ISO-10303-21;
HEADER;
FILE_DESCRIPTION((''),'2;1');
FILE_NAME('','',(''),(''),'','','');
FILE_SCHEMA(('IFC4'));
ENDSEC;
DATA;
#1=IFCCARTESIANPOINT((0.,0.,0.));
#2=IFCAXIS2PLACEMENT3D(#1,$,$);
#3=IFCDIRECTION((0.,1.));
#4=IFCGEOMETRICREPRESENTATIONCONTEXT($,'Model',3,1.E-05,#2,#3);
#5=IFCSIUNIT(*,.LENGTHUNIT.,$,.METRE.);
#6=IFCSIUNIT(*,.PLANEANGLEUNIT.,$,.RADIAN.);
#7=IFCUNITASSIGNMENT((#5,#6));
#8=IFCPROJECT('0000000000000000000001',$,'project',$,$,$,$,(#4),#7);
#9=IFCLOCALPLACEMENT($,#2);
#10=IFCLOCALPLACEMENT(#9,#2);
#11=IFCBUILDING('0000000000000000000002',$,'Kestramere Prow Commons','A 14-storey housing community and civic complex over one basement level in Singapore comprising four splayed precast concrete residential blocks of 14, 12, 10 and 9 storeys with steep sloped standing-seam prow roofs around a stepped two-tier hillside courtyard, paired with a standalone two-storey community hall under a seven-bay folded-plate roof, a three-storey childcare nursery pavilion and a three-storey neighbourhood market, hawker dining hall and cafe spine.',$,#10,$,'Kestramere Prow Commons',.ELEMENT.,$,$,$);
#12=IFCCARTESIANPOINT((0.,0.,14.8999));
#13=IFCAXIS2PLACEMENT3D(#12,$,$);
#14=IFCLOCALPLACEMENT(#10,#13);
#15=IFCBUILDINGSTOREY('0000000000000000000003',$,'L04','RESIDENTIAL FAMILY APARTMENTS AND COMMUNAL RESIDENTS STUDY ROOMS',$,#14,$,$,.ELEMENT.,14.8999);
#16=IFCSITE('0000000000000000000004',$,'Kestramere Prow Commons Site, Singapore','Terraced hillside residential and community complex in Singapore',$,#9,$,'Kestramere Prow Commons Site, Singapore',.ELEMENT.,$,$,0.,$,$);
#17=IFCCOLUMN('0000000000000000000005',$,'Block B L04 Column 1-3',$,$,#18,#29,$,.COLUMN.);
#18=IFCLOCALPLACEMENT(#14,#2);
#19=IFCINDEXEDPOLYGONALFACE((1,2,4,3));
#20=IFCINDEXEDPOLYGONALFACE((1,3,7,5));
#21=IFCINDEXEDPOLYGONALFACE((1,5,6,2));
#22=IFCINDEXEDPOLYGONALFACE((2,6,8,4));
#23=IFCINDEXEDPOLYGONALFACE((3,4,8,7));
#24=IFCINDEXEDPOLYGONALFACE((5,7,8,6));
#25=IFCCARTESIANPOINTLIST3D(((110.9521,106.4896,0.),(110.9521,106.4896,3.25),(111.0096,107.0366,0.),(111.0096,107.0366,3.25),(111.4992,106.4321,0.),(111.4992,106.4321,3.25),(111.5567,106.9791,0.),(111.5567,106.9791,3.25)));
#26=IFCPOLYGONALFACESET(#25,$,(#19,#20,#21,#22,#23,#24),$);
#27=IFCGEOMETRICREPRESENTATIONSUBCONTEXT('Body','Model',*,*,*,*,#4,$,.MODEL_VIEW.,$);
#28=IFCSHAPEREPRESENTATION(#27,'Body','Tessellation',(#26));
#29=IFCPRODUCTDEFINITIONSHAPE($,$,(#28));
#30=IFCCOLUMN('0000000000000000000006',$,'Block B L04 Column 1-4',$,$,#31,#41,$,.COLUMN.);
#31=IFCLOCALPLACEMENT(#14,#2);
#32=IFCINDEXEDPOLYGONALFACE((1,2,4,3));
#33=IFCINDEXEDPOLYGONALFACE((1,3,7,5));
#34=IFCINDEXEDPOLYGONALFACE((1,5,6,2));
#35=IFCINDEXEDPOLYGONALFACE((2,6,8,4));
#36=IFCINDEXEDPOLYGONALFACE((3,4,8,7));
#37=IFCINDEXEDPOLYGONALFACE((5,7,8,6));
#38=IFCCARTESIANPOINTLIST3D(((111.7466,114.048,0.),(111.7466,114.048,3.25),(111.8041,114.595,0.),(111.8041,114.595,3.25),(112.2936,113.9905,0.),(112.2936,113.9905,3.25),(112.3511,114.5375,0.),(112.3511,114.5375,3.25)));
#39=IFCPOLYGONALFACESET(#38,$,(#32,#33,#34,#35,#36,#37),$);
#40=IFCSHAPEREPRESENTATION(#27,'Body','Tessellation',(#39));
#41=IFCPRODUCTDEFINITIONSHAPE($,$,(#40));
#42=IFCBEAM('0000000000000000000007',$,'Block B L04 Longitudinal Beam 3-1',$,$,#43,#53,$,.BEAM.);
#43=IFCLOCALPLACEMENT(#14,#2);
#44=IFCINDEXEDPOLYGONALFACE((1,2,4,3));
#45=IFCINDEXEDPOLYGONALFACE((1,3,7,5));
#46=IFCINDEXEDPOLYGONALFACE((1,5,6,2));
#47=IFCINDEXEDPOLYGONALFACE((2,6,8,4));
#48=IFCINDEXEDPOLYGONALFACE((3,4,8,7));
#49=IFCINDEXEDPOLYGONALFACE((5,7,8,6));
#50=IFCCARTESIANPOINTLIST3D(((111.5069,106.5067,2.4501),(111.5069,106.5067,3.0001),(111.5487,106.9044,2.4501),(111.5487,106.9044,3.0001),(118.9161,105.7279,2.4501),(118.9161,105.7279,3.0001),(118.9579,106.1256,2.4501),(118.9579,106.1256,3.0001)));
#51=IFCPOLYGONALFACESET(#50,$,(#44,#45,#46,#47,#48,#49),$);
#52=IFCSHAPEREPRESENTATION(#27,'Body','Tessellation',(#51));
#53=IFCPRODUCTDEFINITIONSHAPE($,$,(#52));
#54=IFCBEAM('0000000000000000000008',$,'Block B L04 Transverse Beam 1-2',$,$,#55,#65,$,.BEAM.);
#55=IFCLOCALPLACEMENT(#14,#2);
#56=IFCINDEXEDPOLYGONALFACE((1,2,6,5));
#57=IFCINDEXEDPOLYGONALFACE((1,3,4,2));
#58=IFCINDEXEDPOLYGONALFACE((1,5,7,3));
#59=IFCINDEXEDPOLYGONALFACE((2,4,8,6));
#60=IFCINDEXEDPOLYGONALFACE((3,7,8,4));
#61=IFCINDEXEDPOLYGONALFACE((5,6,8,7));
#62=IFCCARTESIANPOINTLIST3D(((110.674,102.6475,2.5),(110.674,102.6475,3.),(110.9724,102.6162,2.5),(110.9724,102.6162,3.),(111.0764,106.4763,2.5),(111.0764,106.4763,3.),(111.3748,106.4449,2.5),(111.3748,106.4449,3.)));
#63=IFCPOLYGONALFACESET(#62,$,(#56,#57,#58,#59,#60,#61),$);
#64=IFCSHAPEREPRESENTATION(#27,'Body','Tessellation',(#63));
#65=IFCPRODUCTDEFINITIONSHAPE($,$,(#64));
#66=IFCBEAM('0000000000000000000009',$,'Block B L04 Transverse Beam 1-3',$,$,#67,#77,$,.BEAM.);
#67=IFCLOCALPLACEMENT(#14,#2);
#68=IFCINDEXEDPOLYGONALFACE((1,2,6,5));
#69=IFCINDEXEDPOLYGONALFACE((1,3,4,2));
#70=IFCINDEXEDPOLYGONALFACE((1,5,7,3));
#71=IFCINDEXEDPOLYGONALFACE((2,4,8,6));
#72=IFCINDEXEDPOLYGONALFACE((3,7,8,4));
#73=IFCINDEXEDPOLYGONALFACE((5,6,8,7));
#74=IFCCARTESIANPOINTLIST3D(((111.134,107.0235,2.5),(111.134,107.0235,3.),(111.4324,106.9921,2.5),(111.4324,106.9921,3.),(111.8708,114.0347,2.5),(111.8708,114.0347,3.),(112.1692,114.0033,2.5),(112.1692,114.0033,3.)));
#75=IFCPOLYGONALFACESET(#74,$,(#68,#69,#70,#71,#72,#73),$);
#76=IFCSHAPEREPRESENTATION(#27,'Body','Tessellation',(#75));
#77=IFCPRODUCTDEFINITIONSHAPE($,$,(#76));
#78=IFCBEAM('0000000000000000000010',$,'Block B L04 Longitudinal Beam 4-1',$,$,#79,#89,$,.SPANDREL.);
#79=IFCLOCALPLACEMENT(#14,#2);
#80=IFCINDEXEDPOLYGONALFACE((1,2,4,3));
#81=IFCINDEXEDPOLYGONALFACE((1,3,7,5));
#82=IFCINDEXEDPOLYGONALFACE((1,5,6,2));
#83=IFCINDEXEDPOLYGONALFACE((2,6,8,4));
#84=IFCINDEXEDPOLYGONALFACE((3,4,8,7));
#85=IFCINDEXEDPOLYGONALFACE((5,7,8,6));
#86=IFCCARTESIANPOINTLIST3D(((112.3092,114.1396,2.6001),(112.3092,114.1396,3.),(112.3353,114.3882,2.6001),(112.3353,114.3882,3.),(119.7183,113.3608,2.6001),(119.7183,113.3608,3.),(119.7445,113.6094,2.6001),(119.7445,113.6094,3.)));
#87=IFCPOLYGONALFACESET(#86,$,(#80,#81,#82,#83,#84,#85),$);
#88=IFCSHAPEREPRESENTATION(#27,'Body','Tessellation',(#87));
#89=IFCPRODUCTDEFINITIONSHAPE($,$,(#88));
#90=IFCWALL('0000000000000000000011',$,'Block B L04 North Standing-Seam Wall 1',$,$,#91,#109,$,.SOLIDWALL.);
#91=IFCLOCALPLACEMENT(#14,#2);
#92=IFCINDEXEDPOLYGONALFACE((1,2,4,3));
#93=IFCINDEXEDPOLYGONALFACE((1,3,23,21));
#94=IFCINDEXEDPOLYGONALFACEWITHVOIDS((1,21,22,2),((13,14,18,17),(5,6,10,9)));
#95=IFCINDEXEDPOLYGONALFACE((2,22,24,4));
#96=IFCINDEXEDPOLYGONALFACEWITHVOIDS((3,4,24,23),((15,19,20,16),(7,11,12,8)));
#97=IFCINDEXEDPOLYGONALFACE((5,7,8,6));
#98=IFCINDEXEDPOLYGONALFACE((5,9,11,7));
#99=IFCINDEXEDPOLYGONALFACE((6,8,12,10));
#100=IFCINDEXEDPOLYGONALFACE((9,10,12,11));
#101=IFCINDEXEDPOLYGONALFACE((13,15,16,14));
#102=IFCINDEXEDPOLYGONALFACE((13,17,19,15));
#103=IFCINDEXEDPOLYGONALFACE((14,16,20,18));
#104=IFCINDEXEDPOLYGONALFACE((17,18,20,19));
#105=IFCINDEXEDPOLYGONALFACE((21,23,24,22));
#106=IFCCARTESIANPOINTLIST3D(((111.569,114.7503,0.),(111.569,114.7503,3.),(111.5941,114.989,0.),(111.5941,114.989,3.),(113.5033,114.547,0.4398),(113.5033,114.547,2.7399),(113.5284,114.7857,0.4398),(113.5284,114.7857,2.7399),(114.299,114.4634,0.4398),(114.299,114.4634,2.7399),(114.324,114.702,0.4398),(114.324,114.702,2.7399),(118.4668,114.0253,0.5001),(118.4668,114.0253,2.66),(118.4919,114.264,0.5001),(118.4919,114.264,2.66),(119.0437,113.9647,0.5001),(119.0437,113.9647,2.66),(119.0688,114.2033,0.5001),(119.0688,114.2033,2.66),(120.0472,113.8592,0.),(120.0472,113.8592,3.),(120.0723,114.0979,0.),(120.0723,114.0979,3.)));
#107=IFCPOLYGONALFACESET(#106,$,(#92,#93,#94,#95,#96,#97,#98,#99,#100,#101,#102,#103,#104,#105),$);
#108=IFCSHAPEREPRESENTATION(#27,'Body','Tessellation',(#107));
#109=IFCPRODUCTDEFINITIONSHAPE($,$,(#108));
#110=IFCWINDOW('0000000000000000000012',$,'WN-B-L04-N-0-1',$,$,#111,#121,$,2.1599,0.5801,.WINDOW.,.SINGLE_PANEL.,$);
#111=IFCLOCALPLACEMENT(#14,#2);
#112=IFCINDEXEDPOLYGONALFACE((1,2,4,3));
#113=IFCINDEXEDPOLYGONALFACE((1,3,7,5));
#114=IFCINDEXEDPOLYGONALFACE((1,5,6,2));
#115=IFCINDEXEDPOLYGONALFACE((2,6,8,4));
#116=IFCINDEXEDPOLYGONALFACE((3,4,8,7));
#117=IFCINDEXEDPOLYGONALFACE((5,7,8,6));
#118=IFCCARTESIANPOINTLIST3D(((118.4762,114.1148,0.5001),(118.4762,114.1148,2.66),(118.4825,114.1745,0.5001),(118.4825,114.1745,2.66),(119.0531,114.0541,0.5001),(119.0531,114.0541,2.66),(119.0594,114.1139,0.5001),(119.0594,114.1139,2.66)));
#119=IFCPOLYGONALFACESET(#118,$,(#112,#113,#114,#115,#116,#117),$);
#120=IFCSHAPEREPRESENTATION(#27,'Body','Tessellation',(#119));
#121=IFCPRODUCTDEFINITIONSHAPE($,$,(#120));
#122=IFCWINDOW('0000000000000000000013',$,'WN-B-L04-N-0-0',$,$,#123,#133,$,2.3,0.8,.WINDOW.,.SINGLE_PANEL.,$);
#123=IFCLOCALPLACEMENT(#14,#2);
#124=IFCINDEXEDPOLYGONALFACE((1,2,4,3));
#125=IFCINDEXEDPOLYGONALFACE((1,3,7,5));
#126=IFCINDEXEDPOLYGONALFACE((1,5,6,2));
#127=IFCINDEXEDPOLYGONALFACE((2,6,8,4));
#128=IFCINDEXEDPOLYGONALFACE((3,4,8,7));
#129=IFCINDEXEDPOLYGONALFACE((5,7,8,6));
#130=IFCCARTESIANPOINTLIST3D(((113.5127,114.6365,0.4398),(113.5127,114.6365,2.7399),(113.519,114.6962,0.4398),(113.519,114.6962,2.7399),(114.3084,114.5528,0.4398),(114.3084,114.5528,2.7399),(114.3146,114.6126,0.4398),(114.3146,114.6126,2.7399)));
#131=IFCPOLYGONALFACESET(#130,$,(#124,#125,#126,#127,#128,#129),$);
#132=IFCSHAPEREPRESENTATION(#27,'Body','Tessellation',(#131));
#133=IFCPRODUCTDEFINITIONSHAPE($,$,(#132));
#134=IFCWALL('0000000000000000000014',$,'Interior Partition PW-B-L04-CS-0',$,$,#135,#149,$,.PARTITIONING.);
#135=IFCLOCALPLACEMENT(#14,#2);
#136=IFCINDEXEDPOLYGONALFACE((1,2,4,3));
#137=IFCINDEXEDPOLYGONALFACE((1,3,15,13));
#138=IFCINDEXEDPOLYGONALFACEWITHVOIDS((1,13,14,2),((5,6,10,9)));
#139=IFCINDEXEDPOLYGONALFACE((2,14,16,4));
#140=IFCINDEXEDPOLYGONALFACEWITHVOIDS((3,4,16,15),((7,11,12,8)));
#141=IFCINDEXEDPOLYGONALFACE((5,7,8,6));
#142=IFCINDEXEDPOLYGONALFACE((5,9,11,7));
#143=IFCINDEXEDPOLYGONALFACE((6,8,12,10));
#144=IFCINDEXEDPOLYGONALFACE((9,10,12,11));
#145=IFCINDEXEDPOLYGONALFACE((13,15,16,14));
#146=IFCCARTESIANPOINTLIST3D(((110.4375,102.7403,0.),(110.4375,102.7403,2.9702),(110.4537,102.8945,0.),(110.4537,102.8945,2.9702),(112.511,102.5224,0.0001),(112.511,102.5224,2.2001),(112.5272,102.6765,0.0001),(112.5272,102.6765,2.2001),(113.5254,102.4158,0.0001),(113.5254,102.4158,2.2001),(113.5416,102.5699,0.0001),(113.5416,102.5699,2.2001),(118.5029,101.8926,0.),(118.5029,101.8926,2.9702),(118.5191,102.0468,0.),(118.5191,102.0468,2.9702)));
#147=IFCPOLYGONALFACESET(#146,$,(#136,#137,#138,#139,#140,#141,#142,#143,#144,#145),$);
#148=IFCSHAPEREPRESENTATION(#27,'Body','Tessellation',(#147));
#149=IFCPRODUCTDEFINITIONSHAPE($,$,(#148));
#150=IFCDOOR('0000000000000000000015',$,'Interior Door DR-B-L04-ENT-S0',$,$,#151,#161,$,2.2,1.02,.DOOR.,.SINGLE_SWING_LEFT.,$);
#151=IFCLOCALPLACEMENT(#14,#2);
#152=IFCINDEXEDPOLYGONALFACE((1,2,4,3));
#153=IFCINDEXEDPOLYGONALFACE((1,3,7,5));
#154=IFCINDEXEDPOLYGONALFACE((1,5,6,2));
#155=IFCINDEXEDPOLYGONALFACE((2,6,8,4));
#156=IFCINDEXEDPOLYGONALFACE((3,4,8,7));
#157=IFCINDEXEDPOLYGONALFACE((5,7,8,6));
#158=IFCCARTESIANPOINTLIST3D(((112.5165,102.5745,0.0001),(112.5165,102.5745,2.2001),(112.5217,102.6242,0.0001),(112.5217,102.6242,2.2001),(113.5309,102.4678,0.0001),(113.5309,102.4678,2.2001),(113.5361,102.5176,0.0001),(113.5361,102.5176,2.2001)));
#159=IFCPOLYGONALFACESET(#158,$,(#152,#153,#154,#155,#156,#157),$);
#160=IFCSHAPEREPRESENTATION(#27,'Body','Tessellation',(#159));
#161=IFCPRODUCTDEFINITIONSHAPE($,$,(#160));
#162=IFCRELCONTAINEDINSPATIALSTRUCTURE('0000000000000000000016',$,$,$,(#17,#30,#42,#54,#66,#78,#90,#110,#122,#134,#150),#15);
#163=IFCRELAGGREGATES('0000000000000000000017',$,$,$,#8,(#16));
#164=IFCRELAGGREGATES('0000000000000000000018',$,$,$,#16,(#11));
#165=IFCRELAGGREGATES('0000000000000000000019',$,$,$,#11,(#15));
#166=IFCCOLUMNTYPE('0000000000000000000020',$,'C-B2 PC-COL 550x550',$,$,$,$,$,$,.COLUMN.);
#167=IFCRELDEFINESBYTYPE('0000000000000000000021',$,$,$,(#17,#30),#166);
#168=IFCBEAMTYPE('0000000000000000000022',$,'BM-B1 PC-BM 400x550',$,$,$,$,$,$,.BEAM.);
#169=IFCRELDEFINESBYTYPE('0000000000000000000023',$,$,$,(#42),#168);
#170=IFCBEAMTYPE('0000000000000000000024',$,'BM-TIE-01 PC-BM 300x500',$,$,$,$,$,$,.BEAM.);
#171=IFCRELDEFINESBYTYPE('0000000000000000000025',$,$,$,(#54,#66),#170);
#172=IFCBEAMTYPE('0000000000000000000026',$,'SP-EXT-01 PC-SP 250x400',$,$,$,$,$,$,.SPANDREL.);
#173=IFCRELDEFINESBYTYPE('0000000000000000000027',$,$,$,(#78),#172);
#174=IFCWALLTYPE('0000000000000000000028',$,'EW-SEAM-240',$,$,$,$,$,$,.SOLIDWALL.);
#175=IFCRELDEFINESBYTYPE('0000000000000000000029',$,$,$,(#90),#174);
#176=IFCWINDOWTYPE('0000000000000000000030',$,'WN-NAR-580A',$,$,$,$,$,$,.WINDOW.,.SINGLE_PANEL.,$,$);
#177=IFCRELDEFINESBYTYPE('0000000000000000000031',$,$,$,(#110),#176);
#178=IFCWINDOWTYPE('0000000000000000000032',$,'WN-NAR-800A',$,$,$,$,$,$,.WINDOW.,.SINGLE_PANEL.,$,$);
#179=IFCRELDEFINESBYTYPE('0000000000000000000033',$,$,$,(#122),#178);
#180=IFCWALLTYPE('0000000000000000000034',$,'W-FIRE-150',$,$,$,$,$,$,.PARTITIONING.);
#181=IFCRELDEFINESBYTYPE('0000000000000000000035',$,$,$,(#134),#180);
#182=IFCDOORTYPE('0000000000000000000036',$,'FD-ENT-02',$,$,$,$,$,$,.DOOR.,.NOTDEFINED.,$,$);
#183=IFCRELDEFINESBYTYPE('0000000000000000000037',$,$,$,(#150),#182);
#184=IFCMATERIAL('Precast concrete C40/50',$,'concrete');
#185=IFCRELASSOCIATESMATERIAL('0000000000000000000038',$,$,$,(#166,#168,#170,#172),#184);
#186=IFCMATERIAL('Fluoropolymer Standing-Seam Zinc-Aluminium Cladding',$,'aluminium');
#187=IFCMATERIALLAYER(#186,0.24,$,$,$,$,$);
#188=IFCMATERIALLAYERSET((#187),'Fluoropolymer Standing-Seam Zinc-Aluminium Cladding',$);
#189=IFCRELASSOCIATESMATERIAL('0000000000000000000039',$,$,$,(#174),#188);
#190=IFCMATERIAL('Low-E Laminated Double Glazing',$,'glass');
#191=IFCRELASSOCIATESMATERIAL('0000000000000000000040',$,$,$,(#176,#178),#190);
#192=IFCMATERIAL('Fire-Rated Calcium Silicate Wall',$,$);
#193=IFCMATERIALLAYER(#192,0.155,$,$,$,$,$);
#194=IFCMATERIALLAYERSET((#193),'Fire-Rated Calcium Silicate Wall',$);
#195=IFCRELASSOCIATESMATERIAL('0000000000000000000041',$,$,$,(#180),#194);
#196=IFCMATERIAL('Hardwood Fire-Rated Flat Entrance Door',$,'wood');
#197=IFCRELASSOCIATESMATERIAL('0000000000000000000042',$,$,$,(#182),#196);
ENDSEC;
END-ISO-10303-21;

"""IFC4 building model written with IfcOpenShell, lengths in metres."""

from ifc_helpers import new_model, si_unit, direction, frame, frame_2d, origin, origin_2d, place, context, subcontext, project, spatial, rectangle, extrude, material, layer, layer_set, material_profile, profile_set, type_object, element, fill, save


model = new_model("IFC4")

# Units and contexts
model_context = context("Model", 3, precision=1e-05, world=origin(), true_north=direction((0.0, 1.0)))
body_context = subcontext(model_context, "Body", "Model", "MODEL_VIEW")
ifc_project = project(units=[si_unit("LENGTHUNIT", "METRE"), si_unit("PLANEANGLEUNIT", "RADIAN")], contexts=[model_context])

# Site, building, storey
site_placement = place(None, origin())
site = spatial("IfcSite", under=ifc_project, at=site_placement, Name="Kestramere Prow Commons Site, Singapore", Description="Terraced hillside residential and community complex in Singapore", LongName="Kestramere Prow Commons Site, Singapore", CompositionType="ELEMENT", RefElevation=0.0)
building_placement = place(site_placement, origin())
building = spatial("IfcBuilding", under=site, at=building_placement, Name="Kestramere Prow Commons", Description="A 14-storey housing community and civic complex over one basement level in Singapore comprising four splayed precast concrete residential blocks of 14, 12, 10 and 9 storeys with steep sloped standing-seam prow roofs around a stepped two-tier hillside courtyard, paired with a standalone two-storey community hall under a seven-bay folded-plate roof, a three-storey childcare nursery pavilion and a three-storey neighbourhood market, hawker dining hall and cafe spine.", LongName="Kestramere Prow Commons", CompositionType="ELEMENT")
storey_placement = place(building_placement, frame((0.0, 0.0, 14.8999)))
storey = spatial("IfcBuildingStorey", under=building, at=storey_placement, Name="L04", Description="RESIDENTIAL FAMILY APARTMENTS AND COMMUNAL RESIDENTS STUDY ROOMS", CompositionType="ELEMENT", Elevation=14.8999)

# Columns
ifc_material_1 = material(Name="Precast concrete C40/50", Category="concrete")
ifc_material_profile_1 = material_profile(ifc_material_1, rectangle(XDim=0.55, YDim=0.55, at=origin_2d()), Name="PC-COL 550x550")
ifc_profile_set_1 = profile_set([ifc_material_profile_1], Name="Precast concrete C40/50")
column_type = type_object("IfcColumnType", Name="C-B2 PC-COL 550x550", PredefinedType="COLUMN", material=ifc_profile_set_1)
for number, where, z_axis, x_axis, name in (
    (1, (111.2544, 106.7344, 0.0), (0.0, 0.0, 1.0), (0.994522, -0.104528, 0.0), "Block B L04 Column 1-3"),
    (2, (112.0488, 114.2927, 0.0), (0.0, 0.0, 1.0), (0.994522, -0.104528, 0.0), "Block B L04 Column 1-4"),
):
    element("IfcColumn", number, at=place(storey_placement, frame(where, z_axis=z_axis, x_axis=x_axis)), inside=storey, type_object=column_type, Name=name, PredefinedType="COLUMN", context=body_context, shape_type="SweptSolid", body=[
        extrude(rectangle(XDim=0.55, YDim=0.55, at=origin_2d()), origin(), (0.0, 0.0, 1.0), 3.25),
    ])

# Beams
ifc_material_profile_2 = material_profile(ifc_material_1, rectangle(XDim=0.3999, YDim=0.55, at=origin_2d()), Name="PC-BM 400x550")
ifc_profile_set_2 = profile_set([ifc_material_profile_2], Name="Precast concrete C40/50")
beam_type_1 = type_object("IfcBeamType", Name="BM-B1 PC-BM 400x550", PredefinedType="BEAM", material=ifc_profile_set_2)
beam_1_placement = place(storey_placement, frame((111.5278, 106.7056, 2.7251), z_axis=(0.994521, -0.104538, 0.0), x_axis=(0.104538, 0.994521, 0.0)))
element("IfcBeam", 3, at=beam_1_placement, inside=storey, type_object=beam_type_1, Name="Block B L04 Longitudinal Beam 3-1", PredefinedType="BEAM", context=body_context, shape_type="SweptSolid", body=[
    extrude(rectangle(XDim=0.3999, YDim=0.55, at=origin_2d()), origin(), (0.0, 0.0, 1.0), 7.45),
])
ifc_material_profile_3 = material_profile(ifc_material_1, rectangle(XDim=0.3, YDim=0.5, at=origin_2d()), Name="PC-BM 300x500")
ifc_profile_set_3 = profile_set([ifc_material_profile_3], Name="Precast concrete C40/50")
beam_type_2 = type_object("IfcBeamType", Name="BM-TIE-01 PC-BM 300x500", PredefinedType="BEAM", material=ifc_profile_set_3)
beam_2_placement = place(storey_placement, frame((110.8232, 102.6318, 2.75), z_axis=(0.104507, 0.994524, 0.0), x_axis=(-0.994524, 0.104507, 0.0)))
element("IfcBeam", 4, at=beam_2_placement, inside=storey, type_object=beam_type_2, Name="Block B L04 Transverse Beam 1-2", PredefinedType="BEAM", context=body_context, shape_type="SweptSolid", body=[
    extrude(rectangle(XDim=0.3, YDim=0.5, at=origin_2d()), origin(), (0.0, 0.0, 1.0), 3.8499),
])
beam_3_placement = place(storey_placement, frame((111.2832, 107.0078, 2.75), z_axis=(0.104515, 0.994523, 0.0), x_axis=(-0.994523, 0.104515, 0.0)))
element("IfcBeam", 5, at=beam_3_placement, inside=storey, type_object=beam_type_2, Name="Block B L04 Transverse Beam 1-3", PredefinedType="BEAM", context=body_context, shape_type="SweptSolid", body=[
    extrude(rectangle(XDim=0.3, YDim=0.5, at=origin_2d()), origin(), (0.0, 0.0, 1.0), 7.0498),
])
ifc_material_profile_4 = material_profile(ifc_material_1, rectangle(XDim=0.25, YDim=0.3999, at=origin_2d()), Name="PC-SP 250x400")
ifc_profile_set_4 = profile_set([ifc_material_profile_4], Name="Precast concrete C40/50")
beam_type_3 = type_object("IfcBeamType", Name="SP-EXT-01 PC-SP 250x400", PredefinedType="SPANDREL", material=ifc_profile_set_4)
beam_4_placement = place(storey_placement, frame((112.3223, 114.2639, 2.8), z_axis=(0.994521, -0.104538, 0.0), x_axis=(0.104538, 0.994521, 0.0)))
element("IfcBeam", 6, at=beam_4_placement, inside=storey, type_object=beam_type_3, Name="Block B L04 Longitudinal Beam 4-1", PredefinedType="SPANDREL", context=body_context, shape_type="SweptSolid", body=[
    extrude(rectangle(XDim=0.25, YDim=0.3999, at=origin_2d()), origin(), (0.0, 0.0, 1.0), 7.45),
])

# Wall, openings, windows
ifc_material_2 = material(Name="Fluoropolymer Standing-Seam Zinc-Aluminium Cladding", Category="aluminium")
ifc_layer_1 = layer(ifc_material_2, 0.24)
ifc_layer_set_1 = layer_set([ifc_layer_1], Name="Fluoropolymer Standing-Seam Zinc-Aluminium Cladding")
wall_type_1 = type_object("IfcWallType", Name="EW-SEAM-240", PredefinedType="SOLIDWALL", material=ifc_layer_set_1)
wall_1_placement = place(storey_placement, frame((111.5815, 114.8696, 0.0), z_axis=(0.0, 0.0, 1.0), x_axis=(0.994522, -0.10453, 0.0)))
wall_1 = element("IfcWall", 7, at=wall_1_placement, inside=storey, type_object=wall_type_1, Name="Block B L04 North Standing-Seam Wall 1", PredefinedType="SOLIDWALL", context=body_context, shape_type="SweptSolid", body=[
    extrude(rectangle(XDim=8.5249, YDim=0.24, at=frame_2d((4.2625, 0.0))), origin(), (0.0, 0.0, 1.0), 3.0),
])
opening_1_placement = place(wall_1_placement, frame((1.9451, 0.0, 0.4399)))
opening_1 = element("IfcOpeningElement", 8, at=opening_1_placement, cuts=wall_1, PredefinedType="OPENING", context=body_context, shape_type="SweptSolid", body=[
    extrude(rectangle(XDim=0.8, YDim=2.3, at=frame_2d((0.3999, 1.1499))), frame((0.0, 0.135, 0.0), z_axis=(0.0, -1.0, 0.0), x_axis=(1.0, 0.0, 0.0)), (0.0, 0.0, 1.0), 0.27),
])
opening_2_placement = place(wall_1_placement, frame((6.9358, 0.0, 0.5)))
opening_2 = element("IfcOpeningElement", 9, at=opening_2_placement, cuts=wall_1, PredefinedType="OPENING", context=body_context, shape_type="SweptSolid", body=[
    extrude(rectangle(XDim=0.5801, YDim=2.1599, at=frame_2d((0.29, 1.0801))), frame((0.0, 0.135, 0.0), z_axis=(0.0, -1.0, 0.0), x_axis=(1.0, 0.0, 0.0)), (0.0, 0.0, 1.0), 0.27),
])
ifc_material_3 = material(Name="Low-E Laminated Double Glazing", Category="glass")
window_type_1 = type_object("IfcWindowType", Name="WN-NAR-580A", PartitioningType="SINGLE_PANEL", PredefinedType="WINDOW", material=ifc_material_3)
window_1_placement = place(opening_2_placement, origin())
window_1 = element("IfcWindow", 10, at=window_1_placement, inside=storey, type_object=window_type_1, Name="WN-B-L04-N-0-1", OverallHeight=2.1599, OverallWidth=0.5801, PartitioningType="SINGLE_PANEL", PredefinedType="WINDOW", context=body_context, shape_type="SweptSolid", body=[
    extrude(rectangle(XDim=0.5801, YDim=2.1599, at=frame_2d((0.29, 1.0801))), frame((0.0, 0.03, 0.0), z_axis=(0.0, -1.0, 0.0), x_axis=(1.0, 0.0, 0.0)), (0.0, 0.0, 1.0), 0.0601),
])
fill(opening_2, window_1)
window_type_2 = type_object("IfcWindowType", Name="WN-NAR-800A", PartitioningType="SINGLE_PANEL", PredefinedType="WINDOW", material=ifc_material_3)
window_2_placement = place(opening_1_placement, origin())
window_2 = element("IfcWindow", 11, at=window_2_placement, inside=storey, type_object=window_type_2, Name="WN-B-L04-N-0-0", OverallHeight=2.3, OverallWidth=0.8, PartitioningType="SINGLE_PANEL", PredefinedType="WINDOW", context=body_context, shape_type="SweptSolid", body=[
    extrude(rectangle(XDim=0.8, YDim=2.3, at=frame_2d((0.3999, 1.1499))), frame((0.0, 0.03, 0.0), z_axis=(0.0, -1.0, 0.0), x_axis=(1.0, 0.0, 0.0)), (0.0, 0.0, 1.0), 0.0601),
])
fill(opening_1, window_2)

# Wall, opening, door
ifc_material_4 = material(Name="Fire-Rated Calcium Silicate Wall")
ifc_layer_2 = layer(ifc_material_4, 0.155)
ifc_layer_set_2 = layer_set([ifc_layer_2], Name="Fire-Rated Calcium Silicate Wall")
wall_type_2 = type_object("IfcWallType", Name="W-FIRE-150", PredefinedType="PARTITIONING", material=ifc_layer_set_2)
wall_2_placement = place(storey_placement, frame((110.4456, 102.8174, 0.0), z_axis=(0.0, 0.0, 1.0), x_axis=(0.994523, -0.104522, 0.0)))
wall_2 = element("IfcWall", 12, at=wall_2_placement, inside=storey, type_object=wall_type_2, Name="Interior Partition PW-B-L04-CS-0", PredefinedType="PARTITIONING", context=body_context, shape_type="SweptSolid", body=[
    extrude(rectangle(XDim=8.1099, YDim=0.155, at=frame_2d((4.0549, 0.0))), origin(), (0.0, 0.0, 1.0), 2.9702),
])
opening_3_placement = place(wall_2_placement, frame((2.085, 0.0, 0.0)))
opening_3 = element("IfcOpeningElement", 13, at=opening_3_placement, cuts=wall_2, PredefinedType="OPENING", context=body_context, shape_type="SweptSolid", body=[
    extrude(rectangle(XDim=1.02, YDim=2.2, at=frame_2d((0.51, 1.1001))), frame((0.0, 0.0925, 0.0), z_axis=(0.0, -1.0, 0.0), x_axis=(1.0, 0.0, 0.0)), (0.0, 0.0, 1.0), 0.1851),
])
ifc_material_5 = material(Name="Hardwood Fire-Rated Flat Entrance Door", Category="wood")
door_type_1 = type_object("IfcDoorType", Name="FD-ENT-02", OperationType="NOTDEFINED", PredefinedType="DOOR", material=ifc_material_5)
door_1_placement = place(opening_3_placement, origin())
door_1 = element("IfcDoor", 14, at=door_1_placement, inside=storey, type_object=door_type_1, Name="Interior Door DR-B-L04-ENT-S0", OperationType="SINGLE_SWING_LEFT", OverallHeight=2.2, OverallWidth=1.02, PredefinedType="DOOR", context=body_context, shape_type="SweptSolid", body=[
    extrude(rectangle(XDim=1.02, YDim=2.2, at=frame_2d((0.51, 1.1001))), frame((0.0, 0.0249, 0.0), z_axis=(0.0, -1.0, 0.0), x_axis=(1.0, 0.0, 0.0)), (0.0, 0.0, 1.0), 0.05),
])
fill(opening_3, door_1)

save(model, "model.ifc")
